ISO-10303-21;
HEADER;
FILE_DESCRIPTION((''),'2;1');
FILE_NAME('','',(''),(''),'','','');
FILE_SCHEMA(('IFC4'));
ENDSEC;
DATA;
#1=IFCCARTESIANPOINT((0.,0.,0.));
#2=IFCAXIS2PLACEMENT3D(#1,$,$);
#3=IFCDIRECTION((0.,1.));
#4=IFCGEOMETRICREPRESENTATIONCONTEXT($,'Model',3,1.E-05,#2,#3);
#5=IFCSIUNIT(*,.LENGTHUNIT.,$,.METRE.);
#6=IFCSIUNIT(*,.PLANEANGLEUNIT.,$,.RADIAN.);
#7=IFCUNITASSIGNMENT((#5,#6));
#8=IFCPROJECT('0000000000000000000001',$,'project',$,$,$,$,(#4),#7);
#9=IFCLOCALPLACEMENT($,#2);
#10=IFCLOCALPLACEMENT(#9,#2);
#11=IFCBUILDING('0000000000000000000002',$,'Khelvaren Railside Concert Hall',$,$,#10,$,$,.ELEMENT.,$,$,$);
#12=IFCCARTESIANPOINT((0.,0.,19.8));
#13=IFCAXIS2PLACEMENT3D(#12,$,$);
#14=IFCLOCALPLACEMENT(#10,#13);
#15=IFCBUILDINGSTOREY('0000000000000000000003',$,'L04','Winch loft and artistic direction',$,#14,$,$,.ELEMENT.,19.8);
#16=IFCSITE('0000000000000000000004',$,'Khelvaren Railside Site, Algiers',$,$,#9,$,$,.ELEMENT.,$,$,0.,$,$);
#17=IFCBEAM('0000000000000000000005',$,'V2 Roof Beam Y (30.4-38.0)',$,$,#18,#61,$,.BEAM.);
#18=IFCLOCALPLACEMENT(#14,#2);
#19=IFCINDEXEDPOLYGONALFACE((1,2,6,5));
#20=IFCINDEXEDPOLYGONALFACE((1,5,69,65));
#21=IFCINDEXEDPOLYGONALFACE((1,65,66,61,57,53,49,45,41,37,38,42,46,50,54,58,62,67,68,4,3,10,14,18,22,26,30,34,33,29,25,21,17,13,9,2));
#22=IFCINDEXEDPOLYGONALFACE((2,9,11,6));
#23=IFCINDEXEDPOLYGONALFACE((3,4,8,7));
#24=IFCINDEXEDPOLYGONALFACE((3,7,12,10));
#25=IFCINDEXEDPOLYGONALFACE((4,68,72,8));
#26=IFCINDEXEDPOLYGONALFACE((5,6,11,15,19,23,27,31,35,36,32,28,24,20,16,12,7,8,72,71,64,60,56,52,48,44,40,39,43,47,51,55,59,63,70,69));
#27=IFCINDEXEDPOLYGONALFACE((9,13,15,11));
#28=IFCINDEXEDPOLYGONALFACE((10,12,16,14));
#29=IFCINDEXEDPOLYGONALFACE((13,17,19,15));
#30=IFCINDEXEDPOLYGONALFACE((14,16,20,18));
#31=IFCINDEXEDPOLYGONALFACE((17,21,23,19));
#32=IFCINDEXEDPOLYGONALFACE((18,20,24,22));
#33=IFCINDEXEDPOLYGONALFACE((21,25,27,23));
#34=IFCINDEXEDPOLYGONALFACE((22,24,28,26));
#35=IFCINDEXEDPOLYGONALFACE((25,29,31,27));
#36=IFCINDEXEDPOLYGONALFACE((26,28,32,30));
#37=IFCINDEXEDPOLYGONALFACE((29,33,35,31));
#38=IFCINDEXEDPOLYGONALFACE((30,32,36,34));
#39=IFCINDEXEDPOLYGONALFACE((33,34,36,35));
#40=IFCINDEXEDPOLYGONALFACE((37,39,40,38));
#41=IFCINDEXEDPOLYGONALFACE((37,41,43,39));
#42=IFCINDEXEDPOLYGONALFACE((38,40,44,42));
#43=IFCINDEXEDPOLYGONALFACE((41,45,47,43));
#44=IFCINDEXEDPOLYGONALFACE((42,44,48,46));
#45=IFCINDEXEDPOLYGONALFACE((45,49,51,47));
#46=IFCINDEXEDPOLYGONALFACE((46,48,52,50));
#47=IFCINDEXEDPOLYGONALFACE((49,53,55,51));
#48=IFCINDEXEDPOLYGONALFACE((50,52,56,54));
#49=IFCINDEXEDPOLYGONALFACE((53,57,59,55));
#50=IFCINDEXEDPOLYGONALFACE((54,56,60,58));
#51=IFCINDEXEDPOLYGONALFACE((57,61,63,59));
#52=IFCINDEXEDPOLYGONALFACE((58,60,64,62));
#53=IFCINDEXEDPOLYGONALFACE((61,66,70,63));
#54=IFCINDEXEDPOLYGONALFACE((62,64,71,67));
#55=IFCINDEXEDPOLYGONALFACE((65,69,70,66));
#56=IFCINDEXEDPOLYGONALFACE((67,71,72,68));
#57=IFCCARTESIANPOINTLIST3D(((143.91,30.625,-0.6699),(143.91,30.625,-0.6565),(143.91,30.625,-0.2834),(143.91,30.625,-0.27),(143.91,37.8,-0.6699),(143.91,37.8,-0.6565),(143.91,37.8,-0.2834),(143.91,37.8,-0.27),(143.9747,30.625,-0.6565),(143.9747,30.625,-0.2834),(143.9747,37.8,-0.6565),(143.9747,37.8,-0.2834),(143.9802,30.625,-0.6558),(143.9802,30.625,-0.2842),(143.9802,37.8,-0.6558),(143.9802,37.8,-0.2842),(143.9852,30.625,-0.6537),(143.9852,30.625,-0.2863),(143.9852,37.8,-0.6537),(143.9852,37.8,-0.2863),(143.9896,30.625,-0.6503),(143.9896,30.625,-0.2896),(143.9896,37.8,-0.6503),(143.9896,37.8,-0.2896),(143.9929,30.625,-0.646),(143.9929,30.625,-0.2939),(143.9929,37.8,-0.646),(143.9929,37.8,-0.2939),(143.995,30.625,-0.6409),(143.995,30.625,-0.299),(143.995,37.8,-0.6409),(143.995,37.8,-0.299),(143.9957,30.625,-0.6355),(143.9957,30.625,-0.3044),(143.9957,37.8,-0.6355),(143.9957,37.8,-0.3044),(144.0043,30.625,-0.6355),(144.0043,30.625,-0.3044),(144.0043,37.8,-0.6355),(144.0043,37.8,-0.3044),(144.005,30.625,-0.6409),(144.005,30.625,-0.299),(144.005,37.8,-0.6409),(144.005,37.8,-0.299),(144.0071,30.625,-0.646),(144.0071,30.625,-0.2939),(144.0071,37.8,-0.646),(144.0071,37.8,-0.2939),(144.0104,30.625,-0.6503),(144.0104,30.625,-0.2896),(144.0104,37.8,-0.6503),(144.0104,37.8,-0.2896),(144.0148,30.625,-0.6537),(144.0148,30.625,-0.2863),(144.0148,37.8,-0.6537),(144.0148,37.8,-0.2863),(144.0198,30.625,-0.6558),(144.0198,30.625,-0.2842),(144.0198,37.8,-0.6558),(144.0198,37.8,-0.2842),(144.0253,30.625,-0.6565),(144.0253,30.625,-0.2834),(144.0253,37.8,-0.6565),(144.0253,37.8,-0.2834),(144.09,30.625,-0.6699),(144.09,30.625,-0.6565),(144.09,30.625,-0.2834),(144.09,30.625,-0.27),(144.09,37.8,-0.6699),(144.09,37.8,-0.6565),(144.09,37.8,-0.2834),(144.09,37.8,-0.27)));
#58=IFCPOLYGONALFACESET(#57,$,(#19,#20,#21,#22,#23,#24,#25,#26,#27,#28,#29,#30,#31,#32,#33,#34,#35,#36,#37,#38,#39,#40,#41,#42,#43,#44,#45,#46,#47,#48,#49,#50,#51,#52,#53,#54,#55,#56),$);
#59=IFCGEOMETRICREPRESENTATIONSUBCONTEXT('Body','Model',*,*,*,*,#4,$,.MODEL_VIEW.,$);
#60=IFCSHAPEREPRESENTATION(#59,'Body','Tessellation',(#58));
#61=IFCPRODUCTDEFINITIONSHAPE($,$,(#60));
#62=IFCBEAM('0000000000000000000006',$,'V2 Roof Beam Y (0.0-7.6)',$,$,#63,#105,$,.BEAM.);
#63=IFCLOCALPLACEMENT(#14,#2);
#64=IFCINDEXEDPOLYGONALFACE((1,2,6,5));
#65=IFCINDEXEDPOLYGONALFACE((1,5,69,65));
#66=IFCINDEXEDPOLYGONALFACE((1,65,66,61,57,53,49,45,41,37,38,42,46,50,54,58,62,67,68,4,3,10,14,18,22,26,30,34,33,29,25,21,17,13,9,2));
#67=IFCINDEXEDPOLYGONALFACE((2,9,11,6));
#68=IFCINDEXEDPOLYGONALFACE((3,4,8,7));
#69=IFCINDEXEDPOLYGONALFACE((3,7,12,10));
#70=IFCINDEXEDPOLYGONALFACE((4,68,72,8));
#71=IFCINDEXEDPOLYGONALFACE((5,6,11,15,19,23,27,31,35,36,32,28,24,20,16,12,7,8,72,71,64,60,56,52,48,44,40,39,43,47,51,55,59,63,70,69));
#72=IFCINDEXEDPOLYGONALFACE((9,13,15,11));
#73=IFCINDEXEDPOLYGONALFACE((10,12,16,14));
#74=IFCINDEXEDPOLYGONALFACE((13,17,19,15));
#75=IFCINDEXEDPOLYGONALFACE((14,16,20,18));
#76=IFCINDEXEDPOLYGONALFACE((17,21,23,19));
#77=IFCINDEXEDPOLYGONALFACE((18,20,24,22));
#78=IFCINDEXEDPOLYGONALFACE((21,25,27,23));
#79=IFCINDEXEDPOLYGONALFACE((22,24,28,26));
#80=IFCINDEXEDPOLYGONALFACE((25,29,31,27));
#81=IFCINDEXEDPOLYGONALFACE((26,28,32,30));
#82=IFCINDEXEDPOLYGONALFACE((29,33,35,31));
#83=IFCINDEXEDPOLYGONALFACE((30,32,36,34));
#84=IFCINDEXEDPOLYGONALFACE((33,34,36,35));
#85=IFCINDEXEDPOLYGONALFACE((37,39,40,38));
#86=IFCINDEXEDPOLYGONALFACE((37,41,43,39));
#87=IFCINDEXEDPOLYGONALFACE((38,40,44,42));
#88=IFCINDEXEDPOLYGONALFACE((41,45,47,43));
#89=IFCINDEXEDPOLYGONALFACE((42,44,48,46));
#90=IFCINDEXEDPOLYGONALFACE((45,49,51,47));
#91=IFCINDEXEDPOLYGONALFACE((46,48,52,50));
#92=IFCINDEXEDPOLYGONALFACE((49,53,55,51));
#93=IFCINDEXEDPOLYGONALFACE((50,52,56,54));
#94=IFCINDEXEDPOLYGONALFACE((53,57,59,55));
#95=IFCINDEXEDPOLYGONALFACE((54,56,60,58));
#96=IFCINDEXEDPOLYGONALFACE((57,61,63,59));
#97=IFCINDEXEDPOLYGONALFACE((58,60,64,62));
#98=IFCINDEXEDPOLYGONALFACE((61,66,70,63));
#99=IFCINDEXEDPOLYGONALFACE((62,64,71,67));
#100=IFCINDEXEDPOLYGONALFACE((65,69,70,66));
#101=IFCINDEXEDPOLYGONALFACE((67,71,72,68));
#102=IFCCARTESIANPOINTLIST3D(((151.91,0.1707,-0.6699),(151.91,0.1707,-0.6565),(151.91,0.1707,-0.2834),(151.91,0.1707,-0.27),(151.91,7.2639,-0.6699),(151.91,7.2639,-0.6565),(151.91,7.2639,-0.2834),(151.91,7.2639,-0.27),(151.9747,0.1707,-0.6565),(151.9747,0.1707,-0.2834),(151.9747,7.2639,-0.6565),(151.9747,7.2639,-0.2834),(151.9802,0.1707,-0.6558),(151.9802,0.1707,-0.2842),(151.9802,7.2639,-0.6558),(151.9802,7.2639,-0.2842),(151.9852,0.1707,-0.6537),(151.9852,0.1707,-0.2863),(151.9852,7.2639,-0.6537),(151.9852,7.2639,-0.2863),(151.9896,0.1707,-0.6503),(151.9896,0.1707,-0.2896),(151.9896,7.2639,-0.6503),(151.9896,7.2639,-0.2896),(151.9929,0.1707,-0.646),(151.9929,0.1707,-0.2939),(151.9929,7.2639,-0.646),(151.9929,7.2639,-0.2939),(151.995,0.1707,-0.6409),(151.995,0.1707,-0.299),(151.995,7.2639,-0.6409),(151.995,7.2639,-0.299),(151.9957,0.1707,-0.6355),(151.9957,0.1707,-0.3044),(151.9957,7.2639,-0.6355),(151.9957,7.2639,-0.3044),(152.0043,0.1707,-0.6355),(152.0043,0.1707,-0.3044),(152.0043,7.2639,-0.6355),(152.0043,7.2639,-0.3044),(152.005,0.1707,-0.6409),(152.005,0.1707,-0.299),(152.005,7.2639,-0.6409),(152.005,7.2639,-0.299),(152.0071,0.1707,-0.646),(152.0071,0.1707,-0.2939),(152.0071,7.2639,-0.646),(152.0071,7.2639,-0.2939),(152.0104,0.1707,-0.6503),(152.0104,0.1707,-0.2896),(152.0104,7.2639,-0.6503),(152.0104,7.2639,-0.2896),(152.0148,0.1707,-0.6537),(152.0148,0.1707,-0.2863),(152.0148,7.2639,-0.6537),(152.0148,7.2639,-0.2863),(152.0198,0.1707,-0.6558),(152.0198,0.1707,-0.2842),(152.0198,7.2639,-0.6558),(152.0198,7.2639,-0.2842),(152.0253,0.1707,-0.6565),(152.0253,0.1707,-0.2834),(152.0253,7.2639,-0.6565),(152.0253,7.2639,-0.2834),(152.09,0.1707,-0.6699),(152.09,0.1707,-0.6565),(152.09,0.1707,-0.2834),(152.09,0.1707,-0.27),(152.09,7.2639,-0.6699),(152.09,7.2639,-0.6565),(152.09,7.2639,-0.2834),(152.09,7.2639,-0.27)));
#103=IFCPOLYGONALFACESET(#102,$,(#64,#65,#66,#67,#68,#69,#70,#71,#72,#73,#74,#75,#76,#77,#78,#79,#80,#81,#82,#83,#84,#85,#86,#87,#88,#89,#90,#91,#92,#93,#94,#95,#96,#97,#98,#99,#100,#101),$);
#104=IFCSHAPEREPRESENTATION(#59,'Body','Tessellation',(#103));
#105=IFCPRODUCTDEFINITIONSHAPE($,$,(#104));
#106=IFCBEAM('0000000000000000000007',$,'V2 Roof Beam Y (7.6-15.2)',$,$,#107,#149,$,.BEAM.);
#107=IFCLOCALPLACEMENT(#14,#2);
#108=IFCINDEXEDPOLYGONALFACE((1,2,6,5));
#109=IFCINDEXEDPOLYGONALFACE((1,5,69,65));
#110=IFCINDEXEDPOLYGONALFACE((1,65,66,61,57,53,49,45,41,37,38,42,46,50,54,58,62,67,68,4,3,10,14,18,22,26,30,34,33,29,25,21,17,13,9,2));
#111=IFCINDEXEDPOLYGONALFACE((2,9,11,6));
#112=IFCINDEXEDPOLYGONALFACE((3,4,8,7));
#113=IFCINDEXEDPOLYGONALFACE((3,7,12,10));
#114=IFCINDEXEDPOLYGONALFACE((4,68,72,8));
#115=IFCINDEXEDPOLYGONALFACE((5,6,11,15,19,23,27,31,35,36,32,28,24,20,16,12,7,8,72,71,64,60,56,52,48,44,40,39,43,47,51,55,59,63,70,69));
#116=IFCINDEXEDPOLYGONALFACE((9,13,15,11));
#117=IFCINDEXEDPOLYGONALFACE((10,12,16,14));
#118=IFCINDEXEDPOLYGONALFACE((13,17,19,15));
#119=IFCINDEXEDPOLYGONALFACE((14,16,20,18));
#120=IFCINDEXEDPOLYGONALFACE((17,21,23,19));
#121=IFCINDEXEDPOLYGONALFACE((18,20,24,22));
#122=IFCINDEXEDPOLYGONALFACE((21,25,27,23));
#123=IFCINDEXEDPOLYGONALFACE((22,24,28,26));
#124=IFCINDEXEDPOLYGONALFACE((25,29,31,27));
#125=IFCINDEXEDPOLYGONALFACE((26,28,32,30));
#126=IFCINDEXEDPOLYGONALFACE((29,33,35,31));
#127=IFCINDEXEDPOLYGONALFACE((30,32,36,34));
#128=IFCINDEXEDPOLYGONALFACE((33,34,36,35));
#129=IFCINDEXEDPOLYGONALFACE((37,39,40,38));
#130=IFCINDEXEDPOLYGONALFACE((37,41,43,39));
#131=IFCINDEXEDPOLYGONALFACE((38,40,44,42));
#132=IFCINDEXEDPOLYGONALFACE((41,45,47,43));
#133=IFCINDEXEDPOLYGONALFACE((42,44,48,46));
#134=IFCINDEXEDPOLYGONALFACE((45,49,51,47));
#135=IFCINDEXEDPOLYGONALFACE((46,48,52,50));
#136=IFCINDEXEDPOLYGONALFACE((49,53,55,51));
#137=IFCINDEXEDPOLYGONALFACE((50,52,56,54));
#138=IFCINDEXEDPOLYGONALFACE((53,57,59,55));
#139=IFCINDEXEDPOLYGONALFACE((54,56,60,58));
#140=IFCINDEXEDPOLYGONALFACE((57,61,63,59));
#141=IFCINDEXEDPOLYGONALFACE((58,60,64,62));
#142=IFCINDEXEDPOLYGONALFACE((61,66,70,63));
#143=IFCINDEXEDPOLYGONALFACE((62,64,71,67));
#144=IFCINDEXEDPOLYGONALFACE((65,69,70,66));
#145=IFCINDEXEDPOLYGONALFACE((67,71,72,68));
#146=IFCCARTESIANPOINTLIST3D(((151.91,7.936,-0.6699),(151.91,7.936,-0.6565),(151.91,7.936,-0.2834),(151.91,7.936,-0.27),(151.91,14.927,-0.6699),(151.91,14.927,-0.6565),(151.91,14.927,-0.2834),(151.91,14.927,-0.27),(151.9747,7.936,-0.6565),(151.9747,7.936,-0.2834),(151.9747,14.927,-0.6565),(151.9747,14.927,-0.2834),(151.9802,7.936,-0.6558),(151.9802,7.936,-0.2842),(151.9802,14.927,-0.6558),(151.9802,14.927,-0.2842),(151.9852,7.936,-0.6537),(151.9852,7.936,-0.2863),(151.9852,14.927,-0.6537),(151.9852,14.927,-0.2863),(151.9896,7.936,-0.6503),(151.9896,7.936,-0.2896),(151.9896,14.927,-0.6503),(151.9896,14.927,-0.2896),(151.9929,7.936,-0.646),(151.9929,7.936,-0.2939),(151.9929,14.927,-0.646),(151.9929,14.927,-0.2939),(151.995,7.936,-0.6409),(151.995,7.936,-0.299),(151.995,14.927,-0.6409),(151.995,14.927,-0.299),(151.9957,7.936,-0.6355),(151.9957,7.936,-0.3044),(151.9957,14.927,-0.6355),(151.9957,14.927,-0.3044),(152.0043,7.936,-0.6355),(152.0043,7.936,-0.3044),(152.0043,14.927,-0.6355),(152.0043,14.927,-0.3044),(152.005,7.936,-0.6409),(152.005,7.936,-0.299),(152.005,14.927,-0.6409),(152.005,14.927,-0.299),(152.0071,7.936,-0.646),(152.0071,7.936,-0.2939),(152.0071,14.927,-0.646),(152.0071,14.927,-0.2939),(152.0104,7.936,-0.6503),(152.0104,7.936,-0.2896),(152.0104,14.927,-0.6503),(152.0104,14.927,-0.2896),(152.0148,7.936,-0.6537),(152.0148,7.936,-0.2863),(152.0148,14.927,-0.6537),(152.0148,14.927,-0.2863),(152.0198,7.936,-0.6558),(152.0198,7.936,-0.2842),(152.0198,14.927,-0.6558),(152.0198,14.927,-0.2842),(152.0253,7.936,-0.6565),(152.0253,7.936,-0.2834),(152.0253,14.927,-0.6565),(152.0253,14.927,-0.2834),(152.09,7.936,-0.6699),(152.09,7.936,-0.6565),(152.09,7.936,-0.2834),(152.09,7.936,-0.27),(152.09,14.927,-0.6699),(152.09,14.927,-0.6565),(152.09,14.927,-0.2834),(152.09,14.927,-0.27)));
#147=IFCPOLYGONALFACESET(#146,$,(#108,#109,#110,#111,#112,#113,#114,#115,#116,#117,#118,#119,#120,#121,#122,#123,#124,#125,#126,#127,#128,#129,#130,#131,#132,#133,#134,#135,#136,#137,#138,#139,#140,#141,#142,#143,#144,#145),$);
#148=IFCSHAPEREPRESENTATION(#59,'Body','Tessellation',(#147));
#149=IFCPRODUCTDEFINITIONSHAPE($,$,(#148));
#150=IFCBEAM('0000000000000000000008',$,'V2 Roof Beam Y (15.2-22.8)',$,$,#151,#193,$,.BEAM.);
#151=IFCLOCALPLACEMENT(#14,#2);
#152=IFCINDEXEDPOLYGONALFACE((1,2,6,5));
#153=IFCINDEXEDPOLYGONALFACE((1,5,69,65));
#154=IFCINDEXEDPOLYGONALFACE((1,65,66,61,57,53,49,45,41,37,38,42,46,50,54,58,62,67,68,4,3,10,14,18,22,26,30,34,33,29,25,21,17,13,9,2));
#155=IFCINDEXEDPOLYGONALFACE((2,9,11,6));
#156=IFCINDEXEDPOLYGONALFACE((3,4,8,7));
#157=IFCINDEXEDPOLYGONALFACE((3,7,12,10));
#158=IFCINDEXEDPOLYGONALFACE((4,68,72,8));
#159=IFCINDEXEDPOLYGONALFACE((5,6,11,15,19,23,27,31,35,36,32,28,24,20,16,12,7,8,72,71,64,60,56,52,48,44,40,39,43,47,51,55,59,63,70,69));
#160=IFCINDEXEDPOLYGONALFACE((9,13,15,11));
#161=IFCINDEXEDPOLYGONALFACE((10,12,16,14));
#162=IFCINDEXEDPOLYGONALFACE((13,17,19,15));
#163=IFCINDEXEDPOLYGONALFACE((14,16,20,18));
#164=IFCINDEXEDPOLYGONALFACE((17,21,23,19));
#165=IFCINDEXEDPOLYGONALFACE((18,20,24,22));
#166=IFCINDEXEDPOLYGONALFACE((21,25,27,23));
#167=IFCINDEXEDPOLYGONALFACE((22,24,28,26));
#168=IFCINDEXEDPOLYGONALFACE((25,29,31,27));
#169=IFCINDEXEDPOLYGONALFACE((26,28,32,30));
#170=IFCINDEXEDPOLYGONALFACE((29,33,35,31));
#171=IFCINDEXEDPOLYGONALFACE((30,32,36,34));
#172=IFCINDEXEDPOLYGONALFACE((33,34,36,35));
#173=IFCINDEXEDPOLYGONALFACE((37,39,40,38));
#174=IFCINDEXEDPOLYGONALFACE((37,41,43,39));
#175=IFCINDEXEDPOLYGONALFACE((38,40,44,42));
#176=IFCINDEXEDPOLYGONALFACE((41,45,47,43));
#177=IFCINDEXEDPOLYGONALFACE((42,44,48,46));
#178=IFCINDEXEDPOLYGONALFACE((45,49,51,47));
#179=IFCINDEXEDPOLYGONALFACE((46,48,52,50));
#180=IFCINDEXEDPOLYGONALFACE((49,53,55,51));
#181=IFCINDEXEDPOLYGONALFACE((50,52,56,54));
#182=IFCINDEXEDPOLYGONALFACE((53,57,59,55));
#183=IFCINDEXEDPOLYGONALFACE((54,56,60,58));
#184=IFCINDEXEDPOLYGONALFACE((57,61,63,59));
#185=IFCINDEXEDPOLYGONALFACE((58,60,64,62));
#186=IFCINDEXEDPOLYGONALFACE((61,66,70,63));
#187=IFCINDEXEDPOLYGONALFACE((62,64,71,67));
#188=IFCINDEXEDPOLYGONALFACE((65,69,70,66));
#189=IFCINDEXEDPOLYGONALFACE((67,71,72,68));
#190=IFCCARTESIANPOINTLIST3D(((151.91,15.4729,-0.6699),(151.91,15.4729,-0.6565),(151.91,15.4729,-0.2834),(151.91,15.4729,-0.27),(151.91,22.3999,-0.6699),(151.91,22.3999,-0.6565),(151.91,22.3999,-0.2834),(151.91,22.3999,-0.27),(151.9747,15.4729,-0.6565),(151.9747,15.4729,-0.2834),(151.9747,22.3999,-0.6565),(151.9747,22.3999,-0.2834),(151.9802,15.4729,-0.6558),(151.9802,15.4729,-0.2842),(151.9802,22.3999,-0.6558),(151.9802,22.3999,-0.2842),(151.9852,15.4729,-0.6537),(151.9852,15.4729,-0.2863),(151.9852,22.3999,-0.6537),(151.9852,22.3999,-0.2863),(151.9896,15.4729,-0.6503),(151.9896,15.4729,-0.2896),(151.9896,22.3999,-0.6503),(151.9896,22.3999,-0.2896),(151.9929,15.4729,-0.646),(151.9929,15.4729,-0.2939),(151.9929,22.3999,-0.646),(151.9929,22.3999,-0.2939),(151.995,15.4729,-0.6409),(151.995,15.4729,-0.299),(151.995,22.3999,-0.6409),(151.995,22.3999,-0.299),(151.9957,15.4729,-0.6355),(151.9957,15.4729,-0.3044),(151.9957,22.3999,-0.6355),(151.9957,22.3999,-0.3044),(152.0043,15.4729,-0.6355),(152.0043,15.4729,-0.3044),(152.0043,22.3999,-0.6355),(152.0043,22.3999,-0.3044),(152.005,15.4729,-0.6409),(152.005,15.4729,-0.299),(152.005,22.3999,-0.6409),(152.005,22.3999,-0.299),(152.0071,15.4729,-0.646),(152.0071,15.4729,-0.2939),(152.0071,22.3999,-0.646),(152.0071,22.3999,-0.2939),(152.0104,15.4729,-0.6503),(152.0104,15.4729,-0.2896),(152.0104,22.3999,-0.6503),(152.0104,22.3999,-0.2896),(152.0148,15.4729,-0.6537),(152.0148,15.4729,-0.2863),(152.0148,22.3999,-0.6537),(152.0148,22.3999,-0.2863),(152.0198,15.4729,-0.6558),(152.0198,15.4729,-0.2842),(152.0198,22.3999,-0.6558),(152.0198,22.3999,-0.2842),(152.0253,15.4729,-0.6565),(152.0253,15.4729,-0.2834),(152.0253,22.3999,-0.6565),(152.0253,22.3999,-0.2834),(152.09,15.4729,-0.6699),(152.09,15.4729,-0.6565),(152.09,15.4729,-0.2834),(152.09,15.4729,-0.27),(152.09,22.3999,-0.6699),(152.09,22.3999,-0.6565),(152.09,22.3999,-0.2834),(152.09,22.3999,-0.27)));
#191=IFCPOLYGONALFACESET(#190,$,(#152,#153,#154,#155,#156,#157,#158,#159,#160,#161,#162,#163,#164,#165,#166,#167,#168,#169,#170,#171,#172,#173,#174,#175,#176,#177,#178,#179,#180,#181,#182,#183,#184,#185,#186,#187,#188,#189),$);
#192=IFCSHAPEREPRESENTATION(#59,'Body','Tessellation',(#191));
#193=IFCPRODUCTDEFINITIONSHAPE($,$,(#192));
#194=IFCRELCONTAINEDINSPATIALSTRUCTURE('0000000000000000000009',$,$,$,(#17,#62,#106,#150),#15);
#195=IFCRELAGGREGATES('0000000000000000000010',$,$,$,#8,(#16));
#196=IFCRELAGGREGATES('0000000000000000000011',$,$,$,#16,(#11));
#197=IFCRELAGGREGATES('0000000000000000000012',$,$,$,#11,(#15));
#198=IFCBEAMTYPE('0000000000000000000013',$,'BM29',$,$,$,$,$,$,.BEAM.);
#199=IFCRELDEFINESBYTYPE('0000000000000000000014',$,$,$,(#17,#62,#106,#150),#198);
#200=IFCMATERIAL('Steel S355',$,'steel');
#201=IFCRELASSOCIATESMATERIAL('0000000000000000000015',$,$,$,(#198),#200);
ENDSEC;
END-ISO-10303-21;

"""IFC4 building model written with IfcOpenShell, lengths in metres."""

from ifc_helpers import new_model, si_unit, direction, frame, origin, origin_2d, place, context, subcontext, project, spatial, i_section, extrude, material, material_profile, profile_set, type_object, element, save


model = new_model("IFC4")

# Units and contexts
model_context = context("Model", 3, precision=1e-05, world=origin(), true_north=direction((0.0, 1.0)))
body_context = subcontext(model_context, "Body", "Model", "MODEL_VIEW")
ifc_project = project(units=[si_unit("LENGTHUNIT", "METRE"), si_unit("PLANEANGLEUNIT", "RADIAN")], contexts=[model_context])

# Site, building, storey
site_placement = place(None, origin())
site = spatial("IfcSite", under=ifc_project, at=site_placement, Name="Khelvaren Railside Site, Algiers", CompositionType="ELEMENT", RefElevation=0.0)
building_placement = place(site_placement, origin())
building = spatial("IfcBuilding", under=site, at=building_placement, Name="Khelvaren Railside Concert Hall", CompositionType="ELEMENT")
storey_placement = place(building_placement, frame((0.0, 0.0, 19.8)))
storey = spatial("IfcBuildingStorey", under=building, at=storey_placement, Name="L04", Description="Winch loft and artistic direction", CompositionType="ELEMENT", Elevation=19.8)

# Beams
ifc_material_1 = material(Name="Steel S355", Category="steel")
ifc_material_profile_1 = material_profile(ifc_material_1, i_section(OverallWidth=0.1799, OverallDepth=0.3999, WebThickness=0.0085, FlangeThickness=0.0134, FilletRadius=0.021, at=origin_2d()), Name="IPE 400")
ifc_profile_set_1 = profile_set([ifc_material_profile_1], Name="Steel S355")
beam_type_1 = type_object("IfcBeamType", Name="BM29", PredefinedType="BEAM", material=ifc_profile_set_1)
beam_1_placement = place(storey_placement, frame((144.0, 30.625, -0.47), z_axis=(0.0, 1.0, 0.0), x_axis=(-1.0, 0.0, 0.0)))
element("IfcBeam", 1, at=beam_1_placement, inside=storey, type_object=beam_type_1, Name="V2 Roof Beam Y (30.4-38.0)", PredefinedType="BEAM", context=body_context, shape_type="SweptSolid", body=[
    extrude(i_section(OverallWidth=0.1799, OverallDepth=0.3999, WebThickness=0.0085, FlangeThickness=0.0134, FilletRadius=0.021, at=origin_2d()), origin(), (0.0, 0.0, 1.0), 7.175),
])
beam_2_placement = place(storey_placement, frame((152.0, 0.1707, -0.47), z_axis=(0.0, 1.0, 0.0), x_axis=(-1.0, 0.0, 0.0)))
element("IfcBeam", 2, at=beam_2_placement, inside=storey, type_object=beam_type_1, Name="V2 Roof Beam Y (0.0-7.6)", PredefinedType="BEAM", context=body_context, shape_type="SweptSolid", body=[
    extrude(i_section(OverallWidth=0.1799, OverallDepth=0.3999, WebThickness=0.0085, FlangeThickness=0.0134, FilletRadius=0.021, at=origin_2d()), origin(), (0.0, 0.0, 1.0), 7.0933),
])
beam_3_placement = place(storey_placement, frame((152.0, 7.936, -0.47), z_axis=(0.0, 1.0, 0.0), x_axis=(-1.0, 0.0, 0.0)))
element("IfcBeam", 3, at=beam_3_placement, inside=storey, type_object=beam_type_1, Name="V2 Roof Beam Y (7.6-15.2)", PredefinedType="BEAM", context=body_context, shape_type="SweptSolid", body=[
    extrude(i_section(OverallWidth=0.1799, OverallDepth=0.3999, WebThickness=0.0085, FlangeThickness=0.0134, FilletRadius=0.021, at=origin_2d()), origin(), (0.0, 0.0, 1.0), 6.991),
])
beam_4_placement = place(storey_placement, frame((152.0, 15.4729, -0.47), z_axis=(0.0, 1.0, 0.0), x_axis=(-1.0, 0.0, 0.0)))
element("IfcBeam", 4, at=beam_4_placement, inside=storey, type_object=beam_type_1, Name="V2 Roof Beam Y (15.2-22.8)", PredefinedType="BEAM", context=body_context, shape_type="SweptSolid", body=[
    extrude(i_section(OverallWidth=0.1799, OverallDepth=0.3999, WebThickness=0.0085, FlangeThickness=0.0134, FilletRadius=0.021, at=origin_2d()), origin(), (0.0, 0.0, 1.0), 6.927),
])

save(model, "model.ifc")
